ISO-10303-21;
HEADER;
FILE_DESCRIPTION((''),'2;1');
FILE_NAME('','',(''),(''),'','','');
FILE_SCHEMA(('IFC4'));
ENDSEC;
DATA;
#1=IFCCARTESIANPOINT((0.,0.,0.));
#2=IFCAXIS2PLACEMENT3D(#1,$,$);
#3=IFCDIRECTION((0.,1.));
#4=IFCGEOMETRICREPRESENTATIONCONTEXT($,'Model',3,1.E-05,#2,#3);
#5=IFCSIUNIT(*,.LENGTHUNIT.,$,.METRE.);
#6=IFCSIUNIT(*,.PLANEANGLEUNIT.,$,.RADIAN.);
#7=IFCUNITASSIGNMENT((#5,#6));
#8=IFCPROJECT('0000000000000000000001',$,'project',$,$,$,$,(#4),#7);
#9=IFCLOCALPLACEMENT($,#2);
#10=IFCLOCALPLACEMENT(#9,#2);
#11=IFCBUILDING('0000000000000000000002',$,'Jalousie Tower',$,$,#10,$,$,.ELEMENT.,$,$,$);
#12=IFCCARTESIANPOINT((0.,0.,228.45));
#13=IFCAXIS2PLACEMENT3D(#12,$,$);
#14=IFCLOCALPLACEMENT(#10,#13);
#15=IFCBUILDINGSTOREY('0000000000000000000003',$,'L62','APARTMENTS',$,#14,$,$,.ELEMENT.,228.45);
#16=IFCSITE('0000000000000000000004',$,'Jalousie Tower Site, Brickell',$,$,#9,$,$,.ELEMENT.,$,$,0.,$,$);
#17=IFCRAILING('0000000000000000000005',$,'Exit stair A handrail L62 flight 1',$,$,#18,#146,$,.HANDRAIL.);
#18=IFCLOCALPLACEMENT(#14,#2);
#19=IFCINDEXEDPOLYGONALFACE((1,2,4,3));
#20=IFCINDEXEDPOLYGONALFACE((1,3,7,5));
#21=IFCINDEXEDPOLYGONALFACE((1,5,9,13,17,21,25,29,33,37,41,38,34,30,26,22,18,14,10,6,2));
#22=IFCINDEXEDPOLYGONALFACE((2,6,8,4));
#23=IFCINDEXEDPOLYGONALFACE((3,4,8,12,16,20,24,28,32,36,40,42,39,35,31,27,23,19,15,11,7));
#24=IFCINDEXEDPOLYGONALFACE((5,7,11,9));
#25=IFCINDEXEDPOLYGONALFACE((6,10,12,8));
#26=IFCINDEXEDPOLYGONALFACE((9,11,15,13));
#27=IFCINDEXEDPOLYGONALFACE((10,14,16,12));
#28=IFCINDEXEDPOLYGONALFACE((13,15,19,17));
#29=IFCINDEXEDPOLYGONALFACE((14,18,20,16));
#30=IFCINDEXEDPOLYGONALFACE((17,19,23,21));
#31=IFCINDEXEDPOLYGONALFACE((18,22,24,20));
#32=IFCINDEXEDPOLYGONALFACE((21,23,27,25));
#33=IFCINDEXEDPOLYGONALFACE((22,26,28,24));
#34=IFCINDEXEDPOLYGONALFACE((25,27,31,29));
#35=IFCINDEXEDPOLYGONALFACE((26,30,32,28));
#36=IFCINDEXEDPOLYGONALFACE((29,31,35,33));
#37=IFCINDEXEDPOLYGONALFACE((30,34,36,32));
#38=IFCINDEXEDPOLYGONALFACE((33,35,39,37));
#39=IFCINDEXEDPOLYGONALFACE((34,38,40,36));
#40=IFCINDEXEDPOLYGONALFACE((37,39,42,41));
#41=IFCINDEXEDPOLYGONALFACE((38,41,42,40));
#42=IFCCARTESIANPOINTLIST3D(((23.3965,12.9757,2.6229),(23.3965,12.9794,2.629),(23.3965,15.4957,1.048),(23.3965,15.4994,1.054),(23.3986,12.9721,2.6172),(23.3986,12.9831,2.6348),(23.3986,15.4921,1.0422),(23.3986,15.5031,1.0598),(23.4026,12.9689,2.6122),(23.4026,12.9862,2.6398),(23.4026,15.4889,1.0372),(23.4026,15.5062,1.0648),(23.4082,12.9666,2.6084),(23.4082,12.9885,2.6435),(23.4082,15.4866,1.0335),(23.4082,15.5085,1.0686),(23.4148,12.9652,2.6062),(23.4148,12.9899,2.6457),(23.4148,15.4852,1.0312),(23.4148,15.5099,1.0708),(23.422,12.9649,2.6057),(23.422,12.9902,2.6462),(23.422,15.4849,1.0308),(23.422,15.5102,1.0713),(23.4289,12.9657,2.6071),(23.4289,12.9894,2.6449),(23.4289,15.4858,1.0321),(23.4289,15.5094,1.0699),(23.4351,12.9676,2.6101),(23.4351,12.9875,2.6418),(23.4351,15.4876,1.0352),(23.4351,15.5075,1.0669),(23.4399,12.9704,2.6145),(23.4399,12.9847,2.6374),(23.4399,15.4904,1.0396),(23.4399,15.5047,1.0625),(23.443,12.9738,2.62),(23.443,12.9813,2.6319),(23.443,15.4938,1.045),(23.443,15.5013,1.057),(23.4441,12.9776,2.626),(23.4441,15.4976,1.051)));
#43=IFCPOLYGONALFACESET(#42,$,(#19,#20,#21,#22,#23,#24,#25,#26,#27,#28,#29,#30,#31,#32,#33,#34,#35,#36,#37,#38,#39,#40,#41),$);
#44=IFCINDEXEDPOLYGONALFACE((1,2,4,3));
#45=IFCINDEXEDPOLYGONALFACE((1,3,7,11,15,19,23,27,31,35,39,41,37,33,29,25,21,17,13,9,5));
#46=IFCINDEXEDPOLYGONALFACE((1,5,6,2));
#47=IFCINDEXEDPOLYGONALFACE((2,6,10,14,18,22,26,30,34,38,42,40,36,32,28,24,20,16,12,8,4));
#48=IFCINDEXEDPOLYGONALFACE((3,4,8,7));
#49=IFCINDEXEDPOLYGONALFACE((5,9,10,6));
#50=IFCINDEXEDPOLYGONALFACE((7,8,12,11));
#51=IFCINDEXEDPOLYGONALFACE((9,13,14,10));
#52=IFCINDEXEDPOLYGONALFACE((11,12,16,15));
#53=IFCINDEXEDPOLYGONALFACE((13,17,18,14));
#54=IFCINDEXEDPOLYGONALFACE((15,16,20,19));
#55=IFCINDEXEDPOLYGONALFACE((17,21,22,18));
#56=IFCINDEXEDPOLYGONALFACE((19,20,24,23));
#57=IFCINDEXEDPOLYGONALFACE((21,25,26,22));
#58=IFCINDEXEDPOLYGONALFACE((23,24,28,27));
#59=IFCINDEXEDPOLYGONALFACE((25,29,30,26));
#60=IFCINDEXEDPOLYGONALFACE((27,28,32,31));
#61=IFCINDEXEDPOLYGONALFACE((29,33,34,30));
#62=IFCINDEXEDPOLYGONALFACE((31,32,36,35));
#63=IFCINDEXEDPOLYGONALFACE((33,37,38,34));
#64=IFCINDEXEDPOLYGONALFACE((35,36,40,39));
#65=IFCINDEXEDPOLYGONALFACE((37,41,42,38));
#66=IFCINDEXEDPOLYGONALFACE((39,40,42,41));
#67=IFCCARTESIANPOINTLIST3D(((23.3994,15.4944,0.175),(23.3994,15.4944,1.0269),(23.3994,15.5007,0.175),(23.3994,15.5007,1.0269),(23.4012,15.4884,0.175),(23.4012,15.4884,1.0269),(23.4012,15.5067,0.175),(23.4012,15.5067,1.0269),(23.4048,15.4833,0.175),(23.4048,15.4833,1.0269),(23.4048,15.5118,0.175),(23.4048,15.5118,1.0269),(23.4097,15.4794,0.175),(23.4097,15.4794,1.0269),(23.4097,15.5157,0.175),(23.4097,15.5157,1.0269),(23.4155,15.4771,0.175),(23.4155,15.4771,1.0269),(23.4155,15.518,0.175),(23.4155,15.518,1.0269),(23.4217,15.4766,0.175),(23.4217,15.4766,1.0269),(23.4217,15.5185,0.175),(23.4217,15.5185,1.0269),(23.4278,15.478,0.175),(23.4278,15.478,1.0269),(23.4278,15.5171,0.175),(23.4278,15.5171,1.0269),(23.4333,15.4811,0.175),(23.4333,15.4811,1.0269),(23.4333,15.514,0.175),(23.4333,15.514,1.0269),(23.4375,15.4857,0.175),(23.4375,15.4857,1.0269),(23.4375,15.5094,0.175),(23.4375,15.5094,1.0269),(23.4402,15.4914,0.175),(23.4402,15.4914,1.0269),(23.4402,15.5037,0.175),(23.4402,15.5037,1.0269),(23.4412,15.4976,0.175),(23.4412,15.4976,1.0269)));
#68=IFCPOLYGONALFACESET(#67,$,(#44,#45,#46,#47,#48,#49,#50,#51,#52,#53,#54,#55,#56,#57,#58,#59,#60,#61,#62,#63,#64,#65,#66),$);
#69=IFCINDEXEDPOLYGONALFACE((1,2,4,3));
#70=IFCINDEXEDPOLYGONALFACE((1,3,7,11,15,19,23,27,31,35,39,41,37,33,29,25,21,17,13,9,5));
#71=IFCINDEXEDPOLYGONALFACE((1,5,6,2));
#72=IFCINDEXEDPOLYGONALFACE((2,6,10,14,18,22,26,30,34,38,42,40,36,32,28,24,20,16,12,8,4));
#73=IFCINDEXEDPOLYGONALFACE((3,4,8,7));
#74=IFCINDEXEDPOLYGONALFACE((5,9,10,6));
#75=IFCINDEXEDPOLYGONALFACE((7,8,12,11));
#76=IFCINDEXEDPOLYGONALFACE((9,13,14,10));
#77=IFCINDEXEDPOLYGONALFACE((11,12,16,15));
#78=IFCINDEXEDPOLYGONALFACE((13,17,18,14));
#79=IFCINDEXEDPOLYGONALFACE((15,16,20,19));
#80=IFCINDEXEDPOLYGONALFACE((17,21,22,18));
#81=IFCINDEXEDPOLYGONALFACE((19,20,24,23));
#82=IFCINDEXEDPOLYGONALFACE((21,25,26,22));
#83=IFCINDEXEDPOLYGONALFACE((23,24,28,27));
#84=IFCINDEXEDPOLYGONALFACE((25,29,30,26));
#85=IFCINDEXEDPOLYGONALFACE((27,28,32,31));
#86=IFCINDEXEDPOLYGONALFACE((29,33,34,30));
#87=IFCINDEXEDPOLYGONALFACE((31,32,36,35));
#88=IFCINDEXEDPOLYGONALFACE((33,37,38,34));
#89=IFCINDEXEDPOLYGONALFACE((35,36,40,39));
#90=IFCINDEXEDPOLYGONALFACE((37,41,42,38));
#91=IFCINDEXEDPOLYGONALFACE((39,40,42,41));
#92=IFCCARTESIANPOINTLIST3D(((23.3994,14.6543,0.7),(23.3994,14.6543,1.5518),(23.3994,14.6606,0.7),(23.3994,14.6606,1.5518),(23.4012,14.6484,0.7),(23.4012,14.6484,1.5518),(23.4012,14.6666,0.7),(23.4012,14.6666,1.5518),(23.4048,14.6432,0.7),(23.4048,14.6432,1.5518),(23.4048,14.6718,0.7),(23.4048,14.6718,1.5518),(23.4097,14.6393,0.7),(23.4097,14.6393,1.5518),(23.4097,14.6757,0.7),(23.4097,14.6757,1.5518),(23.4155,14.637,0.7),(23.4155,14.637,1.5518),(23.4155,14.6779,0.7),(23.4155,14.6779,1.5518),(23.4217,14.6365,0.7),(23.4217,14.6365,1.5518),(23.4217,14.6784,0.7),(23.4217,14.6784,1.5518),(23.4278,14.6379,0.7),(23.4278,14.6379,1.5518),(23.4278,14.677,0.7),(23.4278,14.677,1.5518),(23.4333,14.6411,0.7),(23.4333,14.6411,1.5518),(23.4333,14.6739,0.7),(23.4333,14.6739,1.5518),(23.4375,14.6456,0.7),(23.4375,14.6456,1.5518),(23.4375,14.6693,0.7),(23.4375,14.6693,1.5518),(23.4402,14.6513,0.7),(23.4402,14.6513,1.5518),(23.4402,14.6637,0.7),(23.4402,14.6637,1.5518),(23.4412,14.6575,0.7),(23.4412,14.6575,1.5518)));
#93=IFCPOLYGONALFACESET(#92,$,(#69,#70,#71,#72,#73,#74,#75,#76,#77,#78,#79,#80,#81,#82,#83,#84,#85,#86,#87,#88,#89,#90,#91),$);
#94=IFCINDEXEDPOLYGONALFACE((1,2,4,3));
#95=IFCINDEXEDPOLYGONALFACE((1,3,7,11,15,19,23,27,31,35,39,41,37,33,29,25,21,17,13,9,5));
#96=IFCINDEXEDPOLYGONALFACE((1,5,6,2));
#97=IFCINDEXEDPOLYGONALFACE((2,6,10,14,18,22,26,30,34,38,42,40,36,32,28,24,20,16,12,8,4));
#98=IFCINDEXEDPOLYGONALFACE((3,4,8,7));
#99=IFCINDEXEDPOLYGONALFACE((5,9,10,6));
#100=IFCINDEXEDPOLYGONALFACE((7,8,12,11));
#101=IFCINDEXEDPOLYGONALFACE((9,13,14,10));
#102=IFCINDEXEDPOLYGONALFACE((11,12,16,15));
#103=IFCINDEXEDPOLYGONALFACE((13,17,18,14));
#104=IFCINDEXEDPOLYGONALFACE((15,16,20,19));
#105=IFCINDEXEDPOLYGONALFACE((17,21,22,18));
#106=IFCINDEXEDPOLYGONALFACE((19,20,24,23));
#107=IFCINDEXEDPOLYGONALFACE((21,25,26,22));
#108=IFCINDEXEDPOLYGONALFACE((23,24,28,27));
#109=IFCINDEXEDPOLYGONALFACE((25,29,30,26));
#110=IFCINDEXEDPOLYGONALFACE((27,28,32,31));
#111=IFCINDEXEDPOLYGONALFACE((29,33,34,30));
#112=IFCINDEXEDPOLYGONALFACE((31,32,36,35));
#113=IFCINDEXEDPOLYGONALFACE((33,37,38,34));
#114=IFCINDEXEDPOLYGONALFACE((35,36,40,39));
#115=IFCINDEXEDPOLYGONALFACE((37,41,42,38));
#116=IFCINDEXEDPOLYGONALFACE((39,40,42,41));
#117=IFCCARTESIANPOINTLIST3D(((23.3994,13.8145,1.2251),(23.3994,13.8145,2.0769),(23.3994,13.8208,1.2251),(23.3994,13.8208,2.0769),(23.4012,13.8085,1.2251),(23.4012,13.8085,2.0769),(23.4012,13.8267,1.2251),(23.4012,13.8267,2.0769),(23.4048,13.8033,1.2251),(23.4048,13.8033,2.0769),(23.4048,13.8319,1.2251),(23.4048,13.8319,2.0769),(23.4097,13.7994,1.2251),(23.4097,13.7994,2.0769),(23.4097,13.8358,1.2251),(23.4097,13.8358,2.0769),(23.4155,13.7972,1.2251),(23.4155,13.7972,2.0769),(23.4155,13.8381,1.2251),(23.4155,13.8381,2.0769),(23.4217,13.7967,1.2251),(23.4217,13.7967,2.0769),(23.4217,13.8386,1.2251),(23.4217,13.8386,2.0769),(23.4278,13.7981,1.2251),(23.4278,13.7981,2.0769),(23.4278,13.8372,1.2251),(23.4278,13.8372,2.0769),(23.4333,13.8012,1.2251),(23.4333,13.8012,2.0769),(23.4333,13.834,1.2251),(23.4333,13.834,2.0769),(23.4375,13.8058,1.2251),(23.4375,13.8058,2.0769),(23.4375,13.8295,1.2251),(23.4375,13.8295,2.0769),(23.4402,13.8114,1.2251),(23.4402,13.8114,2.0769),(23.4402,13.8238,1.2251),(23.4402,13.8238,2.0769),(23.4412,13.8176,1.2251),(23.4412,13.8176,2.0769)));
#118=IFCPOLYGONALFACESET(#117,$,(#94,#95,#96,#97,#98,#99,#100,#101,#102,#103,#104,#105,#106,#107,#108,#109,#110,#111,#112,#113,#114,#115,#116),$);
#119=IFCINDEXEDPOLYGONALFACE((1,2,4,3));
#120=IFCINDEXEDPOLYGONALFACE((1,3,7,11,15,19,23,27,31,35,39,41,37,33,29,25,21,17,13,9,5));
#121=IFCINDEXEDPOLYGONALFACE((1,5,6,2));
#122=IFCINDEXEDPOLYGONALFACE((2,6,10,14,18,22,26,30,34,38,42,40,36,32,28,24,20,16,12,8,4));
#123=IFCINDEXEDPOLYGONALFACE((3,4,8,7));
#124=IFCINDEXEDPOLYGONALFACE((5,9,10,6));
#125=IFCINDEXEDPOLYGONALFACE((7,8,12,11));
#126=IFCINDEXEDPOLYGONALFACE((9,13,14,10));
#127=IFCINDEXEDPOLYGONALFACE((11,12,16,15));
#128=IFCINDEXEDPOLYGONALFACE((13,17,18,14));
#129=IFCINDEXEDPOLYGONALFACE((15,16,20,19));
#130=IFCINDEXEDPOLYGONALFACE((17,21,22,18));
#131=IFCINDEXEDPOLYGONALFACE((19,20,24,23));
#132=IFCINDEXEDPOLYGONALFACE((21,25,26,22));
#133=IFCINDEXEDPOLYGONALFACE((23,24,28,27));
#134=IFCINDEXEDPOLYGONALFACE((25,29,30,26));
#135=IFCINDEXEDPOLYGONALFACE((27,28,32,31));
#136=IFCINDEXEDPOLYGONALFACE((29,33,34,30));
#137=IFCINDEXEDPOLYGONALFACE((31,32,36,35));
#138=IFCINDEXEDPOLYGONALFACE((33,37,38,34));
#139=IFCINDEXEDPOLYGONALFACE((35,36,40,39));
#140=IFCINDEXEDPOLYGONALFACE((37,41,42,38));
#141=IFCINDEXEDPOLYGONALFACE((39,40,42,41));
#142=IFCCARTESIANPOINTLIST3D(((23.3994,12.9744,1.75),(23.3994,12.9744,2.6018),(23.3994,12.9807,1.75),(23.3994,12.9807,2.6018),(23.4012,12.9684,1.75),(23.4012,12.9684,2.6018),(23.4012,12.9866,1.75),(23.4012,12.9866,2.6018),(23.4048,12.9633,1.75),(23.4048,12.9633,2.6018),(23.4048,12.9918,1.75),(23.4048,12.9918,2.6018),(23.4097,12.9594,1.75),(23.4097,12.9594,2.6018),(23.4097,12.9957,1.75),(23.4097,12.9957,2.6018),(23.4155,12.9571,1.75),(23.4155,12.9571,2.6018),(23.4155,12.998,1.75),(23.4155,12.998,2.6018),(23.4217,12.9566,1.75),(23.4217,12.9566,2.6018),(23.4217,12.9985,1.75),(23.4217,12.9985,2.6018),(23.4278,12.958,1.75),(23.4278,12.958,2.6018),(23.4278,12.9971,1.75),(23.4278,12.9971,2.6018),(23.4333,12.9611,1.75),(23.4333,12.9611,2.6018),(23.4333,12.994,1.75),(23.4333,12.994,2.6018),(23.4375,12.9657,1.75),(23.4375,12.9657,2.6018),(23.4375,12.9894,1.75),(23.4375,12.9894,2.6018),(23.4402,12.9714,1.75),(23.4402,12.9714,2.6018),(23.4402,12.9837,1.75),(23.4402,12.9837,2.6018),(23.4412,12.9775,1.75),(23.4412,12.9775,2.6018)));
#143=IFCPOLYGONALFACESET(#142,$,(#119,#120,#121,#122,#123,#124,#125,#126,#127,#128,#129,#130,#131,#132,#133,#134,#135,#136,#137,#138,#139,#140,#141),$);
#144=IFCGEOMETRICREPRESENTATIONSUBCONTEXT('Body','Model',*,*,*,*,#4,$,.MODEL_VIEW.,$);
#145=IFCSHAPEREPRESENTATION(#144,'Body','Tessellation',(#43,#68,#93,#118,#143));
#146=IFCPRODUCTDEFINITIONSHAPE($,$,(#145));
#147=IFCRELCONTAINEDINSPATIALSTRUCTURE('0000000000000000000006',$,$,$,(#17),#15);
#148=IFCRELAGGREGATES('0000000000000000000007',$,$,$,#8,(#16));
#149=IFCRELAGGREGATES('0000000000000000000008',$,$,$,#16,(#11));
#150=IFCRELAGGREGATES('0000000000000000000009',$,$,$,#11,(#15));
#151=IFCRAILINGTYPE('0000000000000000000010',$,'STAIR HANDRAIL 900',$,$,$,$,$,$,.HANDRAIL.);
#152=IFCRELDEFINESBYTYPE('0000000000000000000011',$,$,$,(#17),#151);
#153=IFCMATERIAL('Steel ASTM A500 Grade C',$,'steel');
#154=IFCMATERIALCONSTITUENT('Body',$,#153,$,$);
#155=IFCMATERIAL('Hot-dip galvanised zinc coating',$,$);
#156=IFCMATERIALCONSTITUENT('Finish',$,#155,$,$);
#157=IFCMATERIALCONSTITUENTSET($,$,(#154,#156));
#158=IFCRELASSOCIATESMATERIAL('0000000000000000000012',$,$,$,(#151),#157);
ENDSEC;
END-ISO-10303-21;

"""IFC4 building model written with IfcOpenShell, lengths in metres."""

from ifc_helpers import new_model, si_unit, direction, frame, origin, origin_2d, place, context, subcontext, project, spatial, circle, extrude, material, constituent, constituent_set, type_object, element, save


model = new_model("IFC4")

# Units and contexts
model_context = context("Model", 3, precision=1e-05, world=origin(), true_north=direction((0.0, 1.0)))
body_context = subcontext(model_context, "Body", "Model", "MODEL_VIEW")
ifc_project = project(units=[si_unit("LENGTHUNIT", "METRE"), si_unit("PLANEANGLEUNIT", "RADIAN")], contexts=[model_context])

# Site, building, storey
site_placement = place(None, origin())
site = spatial("IfcSite", under=ifc_project, at=site_placement, Name="Jalousie Tower Site, Brickell", CompositionType="ELEMENT", RefElevation=0.0)
building_placement = place(site_placement, origin())
building = spatial("IfcBuilding", under=site, at=building_placement, Name="Jalousie Tower", CompositionType="ELEMENT")
storey_placement = place(building_placement, frame((0.0, 0.0, 228.45)))
storey = spatial("IfcBuildingStorey", under=building, at=storey_placement, Name="L62", Description="APARTMENTS", CompositionType="ELEMENT", Elevation=228.45)

# Railing
ifc_material_1 = material(Name="Steel ASTM A500 Grade C", Category="steel")
ifc_constituent_1 = constituent(ifc_material_1, Name="Body")
ifc_material_2 = material(Name="Hot-dip galvanised zinc coating")
ifc_constituent_2 = constituent(ifc_material_2, Name="Finish")
ifc_constituent_set_1 = constituent_set(constituents=[ifc_constituent_1, ifc_constituent_2])
railing_type_1 = type_object("IfcRailingType", Name="STAIR HANDRAIL 900", PredefinedType="HANDRAIL", material=ifc_constituent_set_1)
railing_1_placement = place(storey_placement, frame((23.4202, 15.4976, 0.175)))
element("IfcRailing", 1, at=railing_1_placement, inside=storey, type_object=railing_type_1, Name="Exit stair A handrail L62 flight 1", PredefinedType="HANDRAIL", context=body_context, shape_type="SweptSolid", body=[
    extrude(circle(Radius=0.0239, at=origin_2d()), frame((0.0, 0.0, 0.876), z_axis=(0.0, -0.848008, 0.529984), x_axis=(1.0, 0.0, 0.0)), (0.0, 0.0, 1.0), 2.9717),
    extrude(circle(Radius=0.021, at=origin_2d()), origin(), (0.0, 0.0, 1.0), 0.8518),
    extrude(circle(Radius=0.021, at=origin_2d()), frame((0.0, -0.8401, 0.5249)), (0.0, 0.0, 1.0), 0.8518),
    extrude(circle(Radius=0.021, at=origin_2d()), frame((0.0, -1.6799, 1.05)), (0.0, 0.0, 1.0), 0.8518),
    extrude(circle(Radius=0.021, at=origin_2d()), frame((0.0, -2.52, 1.575)), (0.0, 0.0, 1.0), 0.8518),
])

save(model, "model.ifc")
